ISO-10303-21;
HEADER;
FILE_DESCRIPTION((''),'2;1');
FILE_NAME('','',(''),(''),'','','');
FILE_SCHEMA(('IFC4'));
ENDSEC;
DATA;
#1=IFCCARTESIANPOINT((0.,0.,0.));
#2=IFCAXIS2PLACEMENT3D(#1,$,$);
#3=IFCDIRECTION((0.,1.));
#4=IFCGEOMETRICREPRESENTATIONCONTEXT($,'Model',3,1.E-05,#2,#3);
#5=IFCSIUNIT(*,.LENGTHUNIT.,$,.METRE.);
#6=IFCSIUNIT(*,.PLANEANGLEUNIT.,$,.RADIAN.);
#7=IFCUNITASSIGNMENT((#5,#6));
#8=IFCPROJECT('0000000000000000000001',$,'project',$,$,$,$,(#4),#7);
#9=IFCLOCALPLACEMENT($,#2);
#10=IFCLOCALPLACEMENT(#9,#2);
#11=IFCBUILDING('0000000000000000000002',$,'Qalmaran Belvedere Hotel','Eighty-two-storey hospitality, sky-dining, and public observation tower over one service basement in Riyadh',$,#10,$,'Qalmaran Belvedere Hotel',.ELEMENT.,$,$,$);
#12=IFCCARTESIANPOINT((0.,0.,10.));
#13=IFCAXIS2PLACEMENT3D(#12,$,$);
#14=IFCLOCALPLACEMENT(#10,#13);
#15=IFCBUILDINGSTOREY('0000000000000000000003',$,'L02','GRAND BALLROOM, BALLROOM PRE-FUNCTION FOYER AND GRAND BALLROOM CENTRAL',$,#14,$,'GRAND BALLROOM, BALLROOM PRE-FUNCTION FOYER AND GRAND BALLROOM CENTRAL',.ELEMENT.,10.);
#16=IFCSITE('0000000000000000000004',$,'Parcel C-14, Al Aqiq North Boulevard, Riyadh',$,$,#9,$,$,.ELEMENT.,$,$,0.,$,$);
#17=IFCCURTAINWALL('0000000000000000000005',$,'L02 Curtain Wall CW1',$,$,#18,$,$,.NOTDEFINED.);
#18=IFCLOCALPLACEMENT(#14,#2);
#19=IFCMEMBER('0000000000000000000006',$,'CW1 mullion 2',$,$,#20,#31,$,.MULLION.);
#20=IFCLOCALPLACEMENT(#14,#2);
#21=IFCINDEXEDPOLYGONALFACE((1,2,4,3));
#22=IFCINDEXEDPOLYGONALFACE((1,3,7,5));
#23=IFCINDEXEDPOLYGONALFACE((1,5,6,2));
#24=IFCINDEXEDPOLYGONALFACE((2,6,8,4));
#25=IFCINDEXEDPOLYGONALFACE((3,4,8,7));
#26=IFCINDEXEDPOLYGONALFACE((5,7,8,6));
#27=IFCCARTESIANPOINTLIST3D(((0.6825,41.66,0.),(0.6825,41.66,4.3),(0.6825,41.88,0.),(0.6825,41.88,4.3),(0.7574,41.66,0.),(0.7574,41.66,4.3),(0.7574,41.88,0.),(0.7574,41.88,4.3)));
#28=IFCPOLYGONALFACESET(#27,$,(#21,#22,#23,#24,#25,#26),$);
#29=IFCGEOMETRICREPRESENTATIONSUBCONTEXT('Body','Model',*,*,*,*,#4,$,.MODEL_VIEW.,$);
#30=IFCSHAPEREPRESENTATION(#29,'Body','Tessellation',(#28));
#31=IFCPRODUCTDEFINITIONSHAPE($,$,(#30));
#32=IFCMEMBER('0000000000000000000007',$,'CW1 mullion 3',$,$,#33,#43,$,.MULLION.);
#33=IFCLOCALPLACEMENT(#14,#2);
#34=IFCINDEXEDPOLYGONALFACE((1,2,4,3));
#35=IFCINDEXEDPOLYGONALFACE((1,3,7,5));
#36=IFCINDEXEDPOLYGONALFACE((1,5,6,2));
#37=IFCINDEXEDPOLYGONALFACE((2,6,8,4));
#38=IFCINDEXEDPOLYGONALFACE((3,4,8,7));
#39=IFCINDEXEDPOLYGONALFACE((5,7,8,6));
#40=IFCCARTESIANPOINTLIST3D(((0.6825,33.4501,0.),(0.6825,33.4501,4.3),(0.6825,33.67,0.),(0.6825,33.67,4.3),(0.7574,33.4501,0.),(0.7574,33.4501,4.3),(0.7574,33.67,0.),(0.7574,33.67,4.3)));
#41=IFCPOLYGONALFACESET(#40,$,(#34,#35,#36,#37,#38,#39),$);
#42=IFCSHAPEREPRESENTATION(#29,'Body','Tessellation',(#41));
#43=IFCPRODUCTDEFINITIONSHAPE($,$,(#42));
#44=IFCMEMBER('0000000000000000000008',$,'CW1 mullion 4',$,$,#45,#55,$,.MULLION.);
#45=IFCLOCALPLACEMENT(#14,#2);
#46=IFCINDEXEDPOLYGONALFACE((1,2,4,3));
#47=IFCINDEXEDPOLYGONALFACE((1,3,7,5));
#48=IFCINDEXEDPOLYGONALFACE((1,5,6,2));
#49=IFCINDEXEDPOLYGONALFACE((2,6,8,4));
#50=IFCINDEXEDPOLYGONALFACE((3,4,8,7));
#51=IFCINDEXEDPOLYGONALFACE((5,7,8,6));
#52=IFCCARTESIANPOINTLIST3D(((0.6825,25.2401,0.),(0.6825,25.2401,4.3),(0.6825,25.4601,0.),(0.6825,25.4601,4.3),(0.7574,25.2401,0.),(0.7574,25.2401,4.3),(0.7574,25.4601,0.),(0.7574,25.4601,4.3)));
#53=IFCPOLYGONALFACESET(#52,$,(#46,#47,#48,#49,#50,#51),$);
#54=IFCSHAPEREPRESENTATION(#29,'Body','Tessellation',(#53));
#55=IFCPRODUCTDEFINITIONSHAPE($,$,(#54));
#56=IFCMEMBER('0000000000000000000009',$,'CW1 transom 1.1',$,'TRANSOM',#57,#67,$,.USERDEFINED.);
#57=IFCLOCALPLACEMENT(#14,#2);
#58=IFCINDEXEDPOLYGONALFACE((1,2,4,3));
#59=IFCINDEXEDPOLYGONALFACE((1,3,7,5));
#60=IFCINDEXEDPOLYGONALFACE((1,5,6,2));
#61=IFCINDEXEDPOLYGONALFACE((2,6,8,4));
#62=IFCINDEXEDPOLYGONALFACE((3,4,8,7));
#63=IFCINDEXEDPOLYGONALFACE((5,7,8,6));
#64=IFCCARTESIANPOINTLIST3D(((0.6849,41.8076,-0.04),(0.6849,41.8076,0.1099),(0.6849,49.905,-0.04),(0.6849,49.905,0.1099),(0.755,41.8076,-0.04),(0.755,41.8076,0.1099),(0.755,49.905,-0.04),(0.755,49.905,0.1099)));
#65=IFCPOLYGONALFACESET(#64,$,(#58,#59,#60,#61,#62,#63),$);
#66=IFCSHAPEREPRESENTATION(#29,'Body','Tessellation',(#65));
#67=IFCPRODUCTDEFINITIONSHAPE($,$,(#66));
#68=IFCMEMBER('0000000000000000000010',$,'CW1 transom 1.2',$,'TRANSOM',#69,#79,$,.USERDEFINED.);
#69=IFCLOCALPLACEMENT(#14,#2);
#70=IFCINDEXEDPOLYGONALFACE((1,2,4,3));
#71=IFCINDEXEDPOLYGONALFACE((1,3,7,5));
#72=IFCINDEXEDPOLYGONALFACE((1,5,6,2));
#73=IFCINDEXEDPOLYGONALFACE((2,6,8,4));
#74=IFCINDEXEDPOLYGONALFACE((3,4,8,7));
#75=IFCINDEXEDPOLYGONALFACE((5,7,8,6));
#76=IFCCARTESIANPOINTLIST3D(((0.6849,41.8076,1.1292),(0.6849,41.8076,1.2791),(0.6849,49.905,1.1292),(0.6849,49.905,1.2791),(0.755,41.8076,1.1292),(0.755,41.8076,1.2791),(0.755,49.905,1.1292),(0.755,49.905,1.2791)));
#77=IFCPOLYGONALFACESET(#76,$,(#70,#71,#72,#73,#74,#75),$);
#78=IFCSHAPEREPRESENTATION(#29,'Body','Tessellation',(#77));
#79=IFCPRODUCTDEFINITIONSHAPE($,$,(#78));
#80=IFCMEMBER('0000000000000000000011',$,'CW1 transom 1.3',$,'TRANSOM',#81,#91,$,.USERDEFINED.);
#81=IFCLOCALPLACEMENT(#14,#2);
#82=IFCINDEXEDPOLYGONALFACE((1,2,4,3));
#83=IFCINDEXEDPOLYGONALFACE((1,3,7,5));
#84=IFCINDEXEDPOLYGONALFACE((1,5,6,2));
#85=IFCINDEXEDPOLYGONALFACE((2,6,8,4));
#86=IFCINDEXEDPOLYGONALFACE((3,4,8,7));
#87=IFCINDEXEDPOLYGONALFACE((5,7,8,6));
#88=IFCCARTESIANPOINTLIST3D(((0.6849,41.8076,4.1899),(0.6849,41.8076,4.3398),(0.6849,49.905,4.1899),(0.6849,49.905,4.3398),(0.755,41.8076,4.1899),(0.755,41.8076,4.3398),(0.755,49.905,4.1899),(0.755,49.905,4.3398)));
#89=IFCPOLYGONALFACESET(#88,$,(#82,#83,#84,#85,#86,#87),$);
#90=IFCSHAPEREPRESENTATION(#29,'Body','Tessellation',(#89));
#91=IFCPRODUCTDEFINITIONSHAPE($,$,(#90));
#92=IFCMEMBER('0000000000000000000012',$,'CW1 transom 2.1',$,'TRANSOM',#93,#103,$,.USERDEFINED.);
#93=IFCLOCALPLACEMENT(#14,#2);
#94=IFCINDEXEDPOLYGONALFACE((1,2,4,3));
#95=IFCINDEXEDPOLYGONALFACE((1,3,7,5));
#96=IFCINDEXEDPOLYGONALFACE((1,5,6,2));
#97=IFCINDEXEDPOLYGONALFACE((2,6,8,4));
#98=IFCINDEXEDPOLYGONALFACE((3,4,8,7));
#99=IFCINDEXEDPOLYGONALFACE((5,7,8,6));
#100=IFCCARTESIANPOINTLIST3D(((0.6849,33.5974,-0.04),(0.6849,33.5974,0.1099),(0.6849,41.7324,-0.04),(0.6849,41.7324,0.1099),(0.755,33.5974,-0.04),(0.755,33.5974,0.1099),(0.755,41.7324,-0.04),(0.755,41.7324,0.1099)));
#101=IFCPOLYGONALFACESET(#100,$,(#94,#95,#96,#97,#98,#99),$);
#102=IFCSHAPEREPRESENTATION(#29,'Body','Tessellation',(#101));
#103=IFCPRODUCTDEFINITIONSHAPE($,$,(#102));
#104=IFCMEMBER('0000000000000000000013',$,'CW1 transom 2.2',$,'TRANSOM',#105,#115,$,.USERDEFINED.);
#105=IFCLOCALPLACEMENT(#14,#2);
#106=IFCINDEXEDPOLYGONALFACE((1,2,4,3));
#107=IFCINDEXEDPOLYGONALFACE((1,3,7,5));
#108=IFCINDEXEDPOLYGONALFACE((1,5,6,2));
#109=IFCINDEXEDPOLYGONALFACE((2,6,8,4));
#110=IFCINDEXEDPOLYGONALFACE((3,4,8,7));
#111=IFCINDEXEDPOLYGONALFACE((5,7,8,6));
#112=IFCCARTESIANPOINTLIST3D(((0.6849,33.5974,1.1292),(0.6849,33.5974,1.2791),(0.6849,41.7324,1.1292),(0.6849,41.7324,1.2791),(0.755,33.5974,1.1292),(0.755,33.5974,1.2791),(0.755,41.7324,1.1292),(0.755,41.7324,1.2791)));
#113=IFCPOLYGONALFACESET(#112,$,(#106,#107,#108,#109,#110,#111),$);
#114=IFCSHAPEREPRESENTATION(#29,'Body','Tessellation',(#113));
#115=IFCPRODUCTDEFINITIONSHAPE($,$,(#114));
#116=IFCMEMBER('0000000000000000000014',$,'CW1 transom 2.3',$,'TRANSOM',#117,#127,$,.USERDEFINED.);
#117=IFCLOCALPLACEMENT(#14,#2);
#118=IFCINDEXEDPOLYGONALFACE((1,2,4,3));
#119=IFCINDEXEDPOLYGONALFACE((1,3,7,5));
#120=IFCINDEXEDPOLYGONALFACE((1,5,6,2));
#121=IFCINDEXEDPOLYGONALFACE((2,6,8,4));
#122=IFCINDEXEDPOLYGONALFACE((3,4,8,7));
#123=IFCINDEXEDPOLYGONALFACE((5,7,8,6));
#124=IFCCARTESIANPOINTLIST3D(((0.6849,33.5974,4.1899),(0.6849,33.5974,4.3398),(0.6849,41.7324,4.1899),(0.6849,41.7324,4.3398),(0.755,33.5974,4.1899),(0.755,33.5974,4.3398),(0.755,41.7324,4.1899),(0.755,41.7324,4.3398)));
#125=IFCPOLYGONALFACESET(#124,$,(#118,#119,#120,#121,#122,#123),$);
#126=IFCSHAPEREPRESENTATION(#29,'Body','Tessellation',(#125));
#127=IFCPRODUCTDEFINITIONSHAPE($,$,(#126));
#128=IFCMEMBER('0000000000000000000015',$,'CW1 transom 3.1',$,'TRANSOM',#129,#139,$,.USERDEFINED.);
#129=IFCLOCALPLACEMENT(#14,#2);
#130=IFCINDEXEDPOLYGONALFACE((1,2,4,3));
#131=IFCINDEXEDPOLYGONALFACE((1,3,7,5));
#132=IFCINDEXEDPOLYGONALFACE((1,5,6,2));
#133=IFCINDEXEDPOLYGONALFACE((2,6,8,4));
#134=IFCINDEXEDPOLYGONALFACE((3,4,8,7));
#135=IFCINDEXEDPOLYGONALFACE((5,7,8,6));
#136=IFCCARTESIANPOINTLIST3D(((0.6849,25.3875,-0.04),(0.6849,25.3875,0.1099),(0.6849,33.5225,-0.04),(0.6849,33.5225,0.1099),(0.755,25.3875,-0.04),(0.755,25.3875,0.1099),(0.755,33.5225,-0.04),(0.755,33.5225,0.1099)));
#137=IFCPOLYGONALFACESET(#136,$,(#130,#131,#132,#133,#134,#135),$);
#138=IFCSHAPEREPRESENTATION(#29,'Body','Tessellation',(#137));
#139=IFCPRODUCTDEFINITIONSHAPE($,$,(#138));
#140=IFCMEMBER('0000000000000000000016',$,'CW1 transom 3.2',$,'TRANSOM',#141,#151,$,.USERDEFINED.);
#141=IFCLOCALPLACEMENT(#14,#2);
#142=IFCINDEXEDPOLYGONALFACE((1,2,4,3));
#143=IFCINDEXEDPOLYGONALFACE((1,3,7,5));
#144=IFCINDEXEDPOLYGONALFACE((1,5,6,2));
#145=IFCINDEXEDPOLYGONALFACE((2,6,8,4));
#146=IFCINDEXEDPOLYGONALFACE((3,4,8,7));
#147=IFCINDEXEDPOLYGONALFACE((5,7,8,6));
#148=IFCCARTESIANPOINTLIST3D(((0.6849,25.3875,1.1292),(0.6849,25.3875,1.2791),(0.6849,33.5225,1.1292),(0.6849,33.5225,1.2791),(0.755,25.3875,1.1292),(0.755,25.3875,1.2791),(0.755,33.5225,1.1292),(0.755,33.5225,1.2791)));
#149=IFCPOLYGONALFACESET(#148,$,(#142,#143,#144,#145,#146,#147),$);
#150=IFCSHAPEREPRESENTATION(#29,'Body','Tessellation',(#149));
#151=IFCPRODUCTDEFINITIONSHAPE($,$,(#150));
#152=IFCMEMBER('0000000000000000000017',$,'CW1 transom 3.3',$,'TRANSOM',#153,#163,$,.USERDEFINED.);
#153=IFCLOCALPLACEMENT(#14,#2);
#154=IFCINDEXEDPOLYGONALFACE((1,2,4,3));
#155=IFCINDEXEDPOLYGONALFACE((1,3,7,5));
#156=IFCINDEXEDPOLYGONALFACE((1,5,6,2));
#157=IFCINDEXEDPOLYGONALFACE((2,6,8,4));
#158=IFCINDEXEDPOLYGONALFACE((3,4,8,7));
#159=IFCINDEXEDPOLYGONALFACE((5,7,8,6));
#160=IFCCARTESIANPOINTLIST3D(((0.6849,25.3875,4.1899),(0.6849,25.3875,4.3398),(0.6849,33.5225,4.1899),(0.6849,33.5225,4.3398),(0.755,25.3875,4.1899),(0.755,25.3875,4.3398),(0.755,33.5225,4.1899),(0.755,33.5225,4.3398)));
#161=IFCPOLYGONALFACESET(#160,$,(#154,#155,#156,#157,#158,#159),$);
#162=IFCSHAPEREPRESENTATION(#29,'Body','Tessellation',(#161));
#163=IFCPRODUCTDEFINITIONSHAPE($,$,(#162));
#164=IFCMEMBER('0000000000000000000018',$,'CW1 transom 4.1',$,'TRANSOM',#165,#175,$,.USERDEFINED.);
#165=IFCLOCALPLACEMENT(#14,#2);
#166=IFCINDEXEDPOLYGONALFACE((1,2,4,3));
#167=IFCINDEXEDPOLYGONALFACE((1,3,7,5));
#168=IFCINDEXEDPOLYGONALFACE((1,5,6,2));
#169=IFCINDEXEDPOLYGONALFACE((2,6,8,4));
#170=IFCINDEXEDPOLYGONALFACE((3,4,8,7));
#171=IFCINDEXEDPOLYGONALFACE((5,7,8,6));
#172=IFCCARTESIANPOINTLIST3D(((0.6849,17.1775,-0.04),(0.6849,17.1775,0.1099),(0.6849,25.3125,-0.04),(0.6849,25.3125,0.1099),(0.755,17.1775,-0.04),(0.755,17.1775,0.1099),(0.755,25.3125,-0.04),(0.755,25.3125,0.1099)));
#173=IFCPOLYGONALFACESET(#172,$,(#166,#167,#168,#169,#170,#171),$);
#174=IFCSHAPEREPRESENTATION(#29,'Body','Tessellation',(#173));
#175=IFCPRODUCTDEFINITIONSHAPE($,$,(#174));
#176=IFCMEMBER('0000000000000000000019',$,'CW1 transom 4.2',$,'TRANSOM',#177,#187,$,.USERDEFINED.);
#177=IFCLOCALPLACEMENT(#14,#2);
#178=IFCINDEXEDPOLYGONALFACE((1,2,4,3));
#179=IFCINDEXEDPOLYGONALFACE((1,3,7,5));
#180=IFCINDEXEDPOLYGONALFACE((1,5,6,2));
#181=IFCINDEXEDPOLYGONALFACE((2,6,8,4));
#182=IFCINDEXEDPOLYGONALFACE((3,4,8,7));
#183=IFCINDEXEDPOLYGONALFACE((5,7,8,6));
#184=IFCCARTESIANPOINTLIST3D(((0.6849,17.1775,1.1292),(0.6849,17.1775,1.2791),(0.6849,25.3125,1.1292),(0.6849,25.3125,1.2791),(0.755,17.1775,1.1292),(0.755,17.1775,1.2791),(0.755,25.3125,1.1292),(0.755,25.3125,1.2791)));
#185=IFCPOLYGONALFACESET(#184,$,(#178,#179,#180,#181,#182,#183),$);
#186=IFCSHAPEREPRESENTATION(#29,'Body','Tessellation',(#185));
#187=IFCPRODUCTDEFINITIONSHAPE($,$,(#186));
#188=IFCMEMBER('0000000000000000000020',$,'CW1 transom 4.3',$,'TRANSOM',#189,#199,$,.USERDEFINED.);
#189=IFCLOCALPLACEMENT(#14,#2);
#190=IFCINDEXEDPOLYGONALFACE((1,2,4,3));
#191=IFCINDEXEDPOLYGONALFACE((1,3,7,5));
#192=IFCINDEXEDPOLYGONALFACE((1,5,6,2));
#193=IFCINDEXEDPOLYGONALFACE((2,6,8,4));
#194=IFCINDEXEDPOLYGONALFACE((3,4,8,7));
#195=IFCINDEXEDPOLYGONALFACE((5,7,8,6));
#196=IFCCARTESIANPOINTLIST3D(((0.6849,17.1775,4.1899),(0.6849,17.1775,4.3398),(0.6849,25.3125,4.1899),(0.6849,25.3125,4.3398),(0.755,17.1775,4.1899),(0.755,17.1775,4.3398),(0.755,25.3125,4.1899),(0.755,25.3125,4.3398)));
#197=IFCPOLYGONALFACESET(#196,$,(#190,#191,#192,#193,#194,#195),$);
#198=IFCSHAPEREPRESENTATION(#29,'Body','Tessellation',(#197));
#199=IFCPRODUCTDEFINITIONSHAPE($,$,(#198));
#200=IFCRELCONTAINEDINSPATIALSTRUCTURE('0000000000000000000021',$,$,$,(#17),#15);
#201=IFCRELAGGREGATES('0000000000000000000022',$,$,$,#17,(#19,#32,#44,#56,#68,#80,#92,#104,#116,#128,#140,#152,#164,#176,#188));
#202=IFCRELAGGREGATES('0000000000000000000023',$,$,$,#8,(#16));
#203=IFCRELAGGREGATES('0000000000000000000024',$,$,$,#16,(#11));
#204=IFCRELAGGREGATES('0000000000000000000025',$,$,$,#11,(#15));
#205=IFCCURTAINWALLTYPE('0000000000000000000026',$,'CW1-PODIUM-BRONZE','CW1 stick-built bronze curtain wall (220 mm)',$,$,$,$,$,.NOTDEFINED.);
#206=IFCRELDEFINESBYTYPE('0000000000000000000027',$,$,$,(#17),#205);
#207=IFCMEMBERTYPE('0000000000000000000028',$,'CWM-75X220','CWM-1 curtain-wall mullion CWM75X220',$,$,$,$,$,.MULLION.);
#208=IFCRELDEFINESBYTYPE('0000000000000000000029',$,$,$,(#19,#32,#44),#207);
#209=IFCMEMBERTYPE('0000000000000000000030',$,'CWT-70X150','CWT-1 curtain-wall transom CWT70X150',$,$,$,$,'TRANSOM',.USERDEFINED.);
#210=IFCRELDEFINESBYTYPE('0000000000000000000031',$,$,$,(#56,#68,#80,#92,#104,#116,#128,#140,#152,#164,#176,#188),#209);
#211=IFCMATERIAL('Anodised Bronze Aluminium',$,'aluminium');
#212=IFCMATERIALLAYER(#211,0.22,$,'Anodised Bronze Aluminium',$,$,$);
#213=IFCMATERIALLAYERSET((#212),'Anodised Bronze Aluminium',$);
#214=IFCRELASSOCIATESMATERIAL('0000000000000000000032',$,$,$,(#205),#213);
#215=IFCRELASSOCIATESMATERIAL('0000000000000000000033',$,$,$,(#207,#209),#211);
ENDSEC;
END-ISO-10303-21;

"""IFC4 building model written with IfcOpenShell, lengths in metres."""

from ifc_helpers import new_model, si_unit, direction, frame, origin, origin_2d, place, context, subcontext, project, spatial, rectangle, extrude, material, layer, layer_set, material_profile, profile_set, type_object, element, aggregate, save


model = new_model("IFC4")

# Units and contexts
model_context = context("Model", 3, precision=1e-05, world=origin(), true_north=direction((0.0, 1.0)))
body_context = subcontext(model_context, "Body", "Model", "MODEL_VIEW")
ifc_project = project(units=[si_unit("LENGTHUNIT", "METRE"), si_unit("PLANEANGLEUNIT", "RADIAN")], contexts=[model_context])

# Site, building, storey
site_placement = place(None, origin())
site = spatial("IfcSite", under=ifc_project, at=site_placement, Name="Parcel C-14, Al Aqiq North Boulevard, Riyadh", CompositionType="ELEMENT", RefElevation=0.0)
building_placement = place(site_placement, origin())
building = spatial("IfcBuilding", under=site, at=building_placement, Name="Qalmaran Belvedere Hotel", Description="Eighty-two-storey hospitality, sky-dining, and public observation tower over one service basement in Riyadh", LongName="Qalmaran Belvedere Hotel", CompositionType="ELEMENT")
storey_placement = place(building_placement, frame((0.0, 0.0, 10.0)))
storey = spatial("IfcBuildingStorey", under=building, at=storey_placement, Name="L02", Description="GRAND BALLROOM, BALLROOM PRE-FUNCTION FOYER AND GRAND BALLROOM CENTRAL", LongName="GRAND BALLROOM, BALLROOM PRE-FUNCTION FOYER AND GRAND BALLROOM CENTRAL", CompositionType="ELEMENT", Elevation=10.0)

# Curtain wall, members
ifc_material_1 = material(Name="Anodised Bronze Aluminium", Category="aluminium")
ifc_layer_1 = layer(ifc_material_1, 0.22, Name="Anodised Bronze Aluminium")
ifc_layer_set_1 = layer_set([ifc_layer_1], Name="Anodised Bronze Aluminium")
curtain_wall_type = type_object("IfcCurtainWallType", Name="CW1-PODIUM-BRONZE", Description="CW1 stick-built bronze curtain wall (220 mm)", PredefinedType="NOTDEFINED", material=ifc_layer_set_1)
curtain_wall_placement = place(storey_placement, origin())
curtain_wall = element("IfcCurtainWall", 1, at=curtain_wall_placement, inside=storey, type_object=curtain_wall_type, Name="L02 Curtain Wall CW1", PredefinedType="NOTDEFINED")
ifc_material_profile_1 = material_profile(ifc_material_1, rectangle(XDim=0.075, YDim=0.22, at=origin_2d()), Name="CWM75X220")
ifc_profile_set_1 = profile_set([ifc_material_profile_1], Name="Anodised Bronze Aluminium")
member_type_1 = type_object("IfcMemberType", Name="CWM-75X220", Description="CWM-1 curtain-wall mullion CWM75X220", PredefinedType="MULLION", material=ifc_profile_set_1)
member_1_placement = place(storey_placement, frame((0.72, 41.77, 0.0), z_axis=(0.0, 0.0, 1.0), x_axis=(1.0, 0.0, 0.0)))
member_1 = element("IfcMember", 2, at=member_1_placement, type_object=member_type_1, Name="CW1 mullion 2", PredefinedType="MULLION", context=body_context, shape_type="SweptSolid", body=[
    extrude(rectangle(XDim=0.075, YDim=0.22, at=origin_2d()), origin(), (0.0, 0.0, 1.0), 4.3),
])
member_2_placement = place(storey_placement, frame((0.72, 33.5601, 0.0), z_axis=(0.0, 0.0, 1.0), x_axis=(1.0, 0.0, 0.0)))
member_2 = element("IfcMember", 3, at=member_2_placement, type_object=member_type_1, Name="CW1 mullion 3", PredefinedType="MULLION", context=body_context, shape_type="SweptSolid", body=[
    extrude(rectangle(XDim=0.075, YDim=0.22, at=origin_2d()), origin(), (0.0, 0.0, 1.0), 4.3),
])
member_3_placement = place(storey_placement, frame((0.72, 25.3501, 0.0), z_axis=(0.0, 0.0, 1.0), x_axis=(1.0, 0.0, 0.0)))
member_3 = element("IfcMember", 4, at=member_3_placement, type_object=member_type_1, Name="CW1 mullion 4", PredefinedType="MULLION", context=body_context, shape_type="SweptSolid", body=[
    extrude(rectangle(XDim=0.075, YDim=0.22, at=origin_2d()), origin(), (0.0, 0.0, 1.0), 4.3),
])
ifc_material_profile_2 = material_profile(ifc_material_1, rectangle(XDim=0.0701, YDim=0.1499, at=origin_2d()), Name="CWT70X150")
ifc_profile_set_2 = profile_set([ifc_material_profile_2], Name="Anodised Bronze Aluminium")
member_type_2 = type_object("IfcMemberType", Name="CWT-70X150", Description="CWT-1 curtain-wall transom CWT70X150", ElementType="TRANSOM", PredefinedType="USERDEFINED", material=ifc_profile_set_2)
member_4_placement = place(storey_placement, frame((0.72, 49.905, 0.0349), z_axis=(0.0, -1.0, 0.0), x_axis=(1.0, 0.0, 0.0)))
member_4 = element("IfcMember", 5, at=member_4_placement, type_object=member_type_2, Name="CW1 transom 1.1", ObjectType="TRANSOM", PredefinedType="USERDEFINED", context=body_context, shape_type="SweptSolid", body=[
    extrude(rectangle(XDim=0.0701, YDim=0.1499, at=origin_2d()), origin(), (0.0, 0.0, 1.0), 8.0974),
])
member_5_placement = place(storey_placement, frame((0.72, 49.905, 1.2041), z_axis=(0.0, -1.0, 0.0), x_axis=(1.0, 0.0, 0.0)))
member_5 = element("IfcMember", 6, at=member_5_placement, type_object=member_type_2, Name="CW1 transom 1.2", ObjectType="TRANSOM", PredefinedType="USERDEFINED", context=body_context, shape_type="SweptSolid", body=[
    extrude(rectangle(XDim=0.0701, YDim=0.1499, at=origin_2d()), origin(), (0.0, 0.0, 1.0), 8.0974),
])
member_6_placement = place(storey_placement, frame((0.72, 49.905, 4.2649), z_axis=(0.0, -1.0, 0.0), x_axis=(1.0, 0.0, 0.0)))
member_6 = element("IfcMember", 7, at=member_6_placement, type_object=member_type_2, Name="CW1 transom 1.3", ObjectType="TRANSOM", PredefinedType="USERDEFINED", context=body_context, shape_type="SweptSolid", body=[
    extrude(rectangle(XDim=0.0701, YDim=0.1499, at=origin_2d()), origin(), (0.0, 0.0, 1.0), 8.0974),
])
member_7_placement = place(storey_placement, frame((0.72, 41.7324, 0.0349), z_axis=(0.0, -1.0, 0.0), x_axis=(1.0, 0.0, 0.0)))
member_7 = element("IfcMember", 8, at=member_7_placement, type_object=member_type_2, Name="CW1 transom 2.1", ObjectType="TRANSOM", PredefinedType="USERDEFINED", context=body_context, shape_type="SweptSolid", body=[
    extrude(rectangle(XDim=0.0701, YDim=0.1499, at=origin_2d()), origin(), (0.0, 0.0, 1.0), 8.135),
])
member_8_placement = place(storey_placement, frame((0.72, 41.7324, 1.2041), z_axis=(0.0, -1.0, 0.0), x_axis=(1.0, 0.0, 0.0)))
member_8 = element("IfcMember", 9, at=member_8_placement, type_object=member_type_2, Name="CW1 transom 2.2", ObjectType="TRANSOM", PredefinedType="USERDEFINED", context=body_context, shape_type="SweptSolid", body=[
    extrude(rectangle(XDim=0.0701, YDim=0.1499, at=origin_2d()), origin(), (0.0, 0.0, 1.0), 8.135),
])
member_9_placement = place(storey_placement, frame((0.72, 41.7324, 4.2649), z_axis=(0.0, -1.0, 0.0), x_axis=(1.0, 0.0, 0.0)))
member_9 = element("IfcMember", 10, at=member_9_placement, type_object=member_type_2, Name="CW1 transom 2.3", ObjectType="TRANSOM", PredefinedType="USERDEFINED", context=body_context, shape_type="SweptSolid", body=[
    extrude(rectangle(XDim=0.0701, YDim=0.1499, at=origin_2d()), origin(), (0.0, 0.0, 1.0), 8.135),
])
member_10_placement = place(storey_placement, frame((0.72, 33.5225, 0.0349), z_axis=(0.0, -1.0, 0.0), x_axis=(1.0, 0.0, 0.0)))
member_10 = element("IfcMember", 11, at=member_10_placement, type_object=member_type_2, Name="CW1 transom 3.1", ObjectType="TRANSOM", PredefinedType="USERDEFINED", context=body_context, shape_type="SweptSolid", body=[
    extrude(rectangle(XDim=0.0701, YDim=0.1499, at=origin_2d()), origin(), (0.0, 0.0, 1.0), 8.135),
])
member_11_placement = place(storey_placement, frame((0.72, 33.5225, 1.2041), z_axis=(0.0, -1.0, 0.0), x_axis=(1.0, 0.0, 0.0)))
member_11 = element("IfcMember", 12, at=member_11_placement, type_object=member_type_2, Name="CW1 transom 3.2", ObjectType="TRANSOM", PredefinedType="USERDEFINED", context=body_context, shape_type="SweptSolid", body=[
    extrude(rectangle(XDim=0.0701, YDim=0.1499, at=origin_2d()), origin(), (0.0, 0.0, 1.0), 8.135),
])
member_12_placement = place(storey_placement, frame((0.72, 33.5225, 4.2649), z_axis=(0.0, -1.0, 0.0), x_axis=(1.0, 0.0, 0.0)))
member_12 = element("IfcMember", 13, at=member_12_placement, type_object=member_type_2, Name="CW1 transom 3.3", ObjectType="TRANSOM", PredefinedType="USERDEFINED", context=body_context, shape_type="SweptSolid", body=[
    extrude(rectangle(XDim=0.0701, YDim=0.1499, at=origin_2d()), origin(), (0.0, 0.0, 1.0), 8.135),
])
member_13_placement = place(storey_placement, frame((0.72, 25.3125, 0.0349), z_axis=(0.0, -1.0, 0.0), x_axis=(1.0, 0.0, 0.0)))
member_13 = element("IfcMember", 14, at=member_13_placement, type_object=member_type_2, Name="CW1 transom 4.1", ObjectType="TRANSOM", PredefinedType="USERDEFINED", context=body_context, shape_type="SweptSolid", body=[
    extrude(rectangle(XDim=0.0701, YDim=0.1499, at=origin_2d()), origin(), (0.0, 0.0, 1.0), 8.135),
])
member_14_placement = place(storey_placement, frame((0.72, 25.3125, 1.2041), z_axis=(0.0, -1.0, 0.0), x_axis=(1.0, 0.0, 0.0)))
member_14 = element("IfcMember", 15, at=member_14_placement, type_object=member_type_2, Name="CW1 transom 4.2", ObjectType="TRANSOM", PredefinedType="USERDEFINED", context=body_context, shape_type="SweptSolid", body=[
    extrude(rectangle(XDim=0.0701, YDim=0.1499, at=origin_2d()), origin(), (0.0, 0.0, 1.0), 8.135),
])
member_15_placement = place(storey_placement, frame((0.72, 25.3125, 4.2649), z_axis=(0.0, -1.0, 0.0), x_axis=(1.0, 0.0, 0.0)))
member_15 = element("IfcMember", 16, at=member_15_placement, type_object=member_type_2, Name="CW1 transom 4.3", ObjectType="TRANSOM", PredefinedType="USERDEFINED", context=body_context, shape_type="SweptSolid", body=[
    extrude(rectangle(XDim=0.0701, YDim=0.1499, at=origin_2d()), origin(), (0.0, 0.0, 1.0), 8.135),
])
aggregate(curtain_wall, [member_1, member_2, member_3, member_4, member_5, member_6, member_7, member_8, member_9, member_10, member_11, member_12, member_13, member_14, member_15])

save(model, "model.ifc")
